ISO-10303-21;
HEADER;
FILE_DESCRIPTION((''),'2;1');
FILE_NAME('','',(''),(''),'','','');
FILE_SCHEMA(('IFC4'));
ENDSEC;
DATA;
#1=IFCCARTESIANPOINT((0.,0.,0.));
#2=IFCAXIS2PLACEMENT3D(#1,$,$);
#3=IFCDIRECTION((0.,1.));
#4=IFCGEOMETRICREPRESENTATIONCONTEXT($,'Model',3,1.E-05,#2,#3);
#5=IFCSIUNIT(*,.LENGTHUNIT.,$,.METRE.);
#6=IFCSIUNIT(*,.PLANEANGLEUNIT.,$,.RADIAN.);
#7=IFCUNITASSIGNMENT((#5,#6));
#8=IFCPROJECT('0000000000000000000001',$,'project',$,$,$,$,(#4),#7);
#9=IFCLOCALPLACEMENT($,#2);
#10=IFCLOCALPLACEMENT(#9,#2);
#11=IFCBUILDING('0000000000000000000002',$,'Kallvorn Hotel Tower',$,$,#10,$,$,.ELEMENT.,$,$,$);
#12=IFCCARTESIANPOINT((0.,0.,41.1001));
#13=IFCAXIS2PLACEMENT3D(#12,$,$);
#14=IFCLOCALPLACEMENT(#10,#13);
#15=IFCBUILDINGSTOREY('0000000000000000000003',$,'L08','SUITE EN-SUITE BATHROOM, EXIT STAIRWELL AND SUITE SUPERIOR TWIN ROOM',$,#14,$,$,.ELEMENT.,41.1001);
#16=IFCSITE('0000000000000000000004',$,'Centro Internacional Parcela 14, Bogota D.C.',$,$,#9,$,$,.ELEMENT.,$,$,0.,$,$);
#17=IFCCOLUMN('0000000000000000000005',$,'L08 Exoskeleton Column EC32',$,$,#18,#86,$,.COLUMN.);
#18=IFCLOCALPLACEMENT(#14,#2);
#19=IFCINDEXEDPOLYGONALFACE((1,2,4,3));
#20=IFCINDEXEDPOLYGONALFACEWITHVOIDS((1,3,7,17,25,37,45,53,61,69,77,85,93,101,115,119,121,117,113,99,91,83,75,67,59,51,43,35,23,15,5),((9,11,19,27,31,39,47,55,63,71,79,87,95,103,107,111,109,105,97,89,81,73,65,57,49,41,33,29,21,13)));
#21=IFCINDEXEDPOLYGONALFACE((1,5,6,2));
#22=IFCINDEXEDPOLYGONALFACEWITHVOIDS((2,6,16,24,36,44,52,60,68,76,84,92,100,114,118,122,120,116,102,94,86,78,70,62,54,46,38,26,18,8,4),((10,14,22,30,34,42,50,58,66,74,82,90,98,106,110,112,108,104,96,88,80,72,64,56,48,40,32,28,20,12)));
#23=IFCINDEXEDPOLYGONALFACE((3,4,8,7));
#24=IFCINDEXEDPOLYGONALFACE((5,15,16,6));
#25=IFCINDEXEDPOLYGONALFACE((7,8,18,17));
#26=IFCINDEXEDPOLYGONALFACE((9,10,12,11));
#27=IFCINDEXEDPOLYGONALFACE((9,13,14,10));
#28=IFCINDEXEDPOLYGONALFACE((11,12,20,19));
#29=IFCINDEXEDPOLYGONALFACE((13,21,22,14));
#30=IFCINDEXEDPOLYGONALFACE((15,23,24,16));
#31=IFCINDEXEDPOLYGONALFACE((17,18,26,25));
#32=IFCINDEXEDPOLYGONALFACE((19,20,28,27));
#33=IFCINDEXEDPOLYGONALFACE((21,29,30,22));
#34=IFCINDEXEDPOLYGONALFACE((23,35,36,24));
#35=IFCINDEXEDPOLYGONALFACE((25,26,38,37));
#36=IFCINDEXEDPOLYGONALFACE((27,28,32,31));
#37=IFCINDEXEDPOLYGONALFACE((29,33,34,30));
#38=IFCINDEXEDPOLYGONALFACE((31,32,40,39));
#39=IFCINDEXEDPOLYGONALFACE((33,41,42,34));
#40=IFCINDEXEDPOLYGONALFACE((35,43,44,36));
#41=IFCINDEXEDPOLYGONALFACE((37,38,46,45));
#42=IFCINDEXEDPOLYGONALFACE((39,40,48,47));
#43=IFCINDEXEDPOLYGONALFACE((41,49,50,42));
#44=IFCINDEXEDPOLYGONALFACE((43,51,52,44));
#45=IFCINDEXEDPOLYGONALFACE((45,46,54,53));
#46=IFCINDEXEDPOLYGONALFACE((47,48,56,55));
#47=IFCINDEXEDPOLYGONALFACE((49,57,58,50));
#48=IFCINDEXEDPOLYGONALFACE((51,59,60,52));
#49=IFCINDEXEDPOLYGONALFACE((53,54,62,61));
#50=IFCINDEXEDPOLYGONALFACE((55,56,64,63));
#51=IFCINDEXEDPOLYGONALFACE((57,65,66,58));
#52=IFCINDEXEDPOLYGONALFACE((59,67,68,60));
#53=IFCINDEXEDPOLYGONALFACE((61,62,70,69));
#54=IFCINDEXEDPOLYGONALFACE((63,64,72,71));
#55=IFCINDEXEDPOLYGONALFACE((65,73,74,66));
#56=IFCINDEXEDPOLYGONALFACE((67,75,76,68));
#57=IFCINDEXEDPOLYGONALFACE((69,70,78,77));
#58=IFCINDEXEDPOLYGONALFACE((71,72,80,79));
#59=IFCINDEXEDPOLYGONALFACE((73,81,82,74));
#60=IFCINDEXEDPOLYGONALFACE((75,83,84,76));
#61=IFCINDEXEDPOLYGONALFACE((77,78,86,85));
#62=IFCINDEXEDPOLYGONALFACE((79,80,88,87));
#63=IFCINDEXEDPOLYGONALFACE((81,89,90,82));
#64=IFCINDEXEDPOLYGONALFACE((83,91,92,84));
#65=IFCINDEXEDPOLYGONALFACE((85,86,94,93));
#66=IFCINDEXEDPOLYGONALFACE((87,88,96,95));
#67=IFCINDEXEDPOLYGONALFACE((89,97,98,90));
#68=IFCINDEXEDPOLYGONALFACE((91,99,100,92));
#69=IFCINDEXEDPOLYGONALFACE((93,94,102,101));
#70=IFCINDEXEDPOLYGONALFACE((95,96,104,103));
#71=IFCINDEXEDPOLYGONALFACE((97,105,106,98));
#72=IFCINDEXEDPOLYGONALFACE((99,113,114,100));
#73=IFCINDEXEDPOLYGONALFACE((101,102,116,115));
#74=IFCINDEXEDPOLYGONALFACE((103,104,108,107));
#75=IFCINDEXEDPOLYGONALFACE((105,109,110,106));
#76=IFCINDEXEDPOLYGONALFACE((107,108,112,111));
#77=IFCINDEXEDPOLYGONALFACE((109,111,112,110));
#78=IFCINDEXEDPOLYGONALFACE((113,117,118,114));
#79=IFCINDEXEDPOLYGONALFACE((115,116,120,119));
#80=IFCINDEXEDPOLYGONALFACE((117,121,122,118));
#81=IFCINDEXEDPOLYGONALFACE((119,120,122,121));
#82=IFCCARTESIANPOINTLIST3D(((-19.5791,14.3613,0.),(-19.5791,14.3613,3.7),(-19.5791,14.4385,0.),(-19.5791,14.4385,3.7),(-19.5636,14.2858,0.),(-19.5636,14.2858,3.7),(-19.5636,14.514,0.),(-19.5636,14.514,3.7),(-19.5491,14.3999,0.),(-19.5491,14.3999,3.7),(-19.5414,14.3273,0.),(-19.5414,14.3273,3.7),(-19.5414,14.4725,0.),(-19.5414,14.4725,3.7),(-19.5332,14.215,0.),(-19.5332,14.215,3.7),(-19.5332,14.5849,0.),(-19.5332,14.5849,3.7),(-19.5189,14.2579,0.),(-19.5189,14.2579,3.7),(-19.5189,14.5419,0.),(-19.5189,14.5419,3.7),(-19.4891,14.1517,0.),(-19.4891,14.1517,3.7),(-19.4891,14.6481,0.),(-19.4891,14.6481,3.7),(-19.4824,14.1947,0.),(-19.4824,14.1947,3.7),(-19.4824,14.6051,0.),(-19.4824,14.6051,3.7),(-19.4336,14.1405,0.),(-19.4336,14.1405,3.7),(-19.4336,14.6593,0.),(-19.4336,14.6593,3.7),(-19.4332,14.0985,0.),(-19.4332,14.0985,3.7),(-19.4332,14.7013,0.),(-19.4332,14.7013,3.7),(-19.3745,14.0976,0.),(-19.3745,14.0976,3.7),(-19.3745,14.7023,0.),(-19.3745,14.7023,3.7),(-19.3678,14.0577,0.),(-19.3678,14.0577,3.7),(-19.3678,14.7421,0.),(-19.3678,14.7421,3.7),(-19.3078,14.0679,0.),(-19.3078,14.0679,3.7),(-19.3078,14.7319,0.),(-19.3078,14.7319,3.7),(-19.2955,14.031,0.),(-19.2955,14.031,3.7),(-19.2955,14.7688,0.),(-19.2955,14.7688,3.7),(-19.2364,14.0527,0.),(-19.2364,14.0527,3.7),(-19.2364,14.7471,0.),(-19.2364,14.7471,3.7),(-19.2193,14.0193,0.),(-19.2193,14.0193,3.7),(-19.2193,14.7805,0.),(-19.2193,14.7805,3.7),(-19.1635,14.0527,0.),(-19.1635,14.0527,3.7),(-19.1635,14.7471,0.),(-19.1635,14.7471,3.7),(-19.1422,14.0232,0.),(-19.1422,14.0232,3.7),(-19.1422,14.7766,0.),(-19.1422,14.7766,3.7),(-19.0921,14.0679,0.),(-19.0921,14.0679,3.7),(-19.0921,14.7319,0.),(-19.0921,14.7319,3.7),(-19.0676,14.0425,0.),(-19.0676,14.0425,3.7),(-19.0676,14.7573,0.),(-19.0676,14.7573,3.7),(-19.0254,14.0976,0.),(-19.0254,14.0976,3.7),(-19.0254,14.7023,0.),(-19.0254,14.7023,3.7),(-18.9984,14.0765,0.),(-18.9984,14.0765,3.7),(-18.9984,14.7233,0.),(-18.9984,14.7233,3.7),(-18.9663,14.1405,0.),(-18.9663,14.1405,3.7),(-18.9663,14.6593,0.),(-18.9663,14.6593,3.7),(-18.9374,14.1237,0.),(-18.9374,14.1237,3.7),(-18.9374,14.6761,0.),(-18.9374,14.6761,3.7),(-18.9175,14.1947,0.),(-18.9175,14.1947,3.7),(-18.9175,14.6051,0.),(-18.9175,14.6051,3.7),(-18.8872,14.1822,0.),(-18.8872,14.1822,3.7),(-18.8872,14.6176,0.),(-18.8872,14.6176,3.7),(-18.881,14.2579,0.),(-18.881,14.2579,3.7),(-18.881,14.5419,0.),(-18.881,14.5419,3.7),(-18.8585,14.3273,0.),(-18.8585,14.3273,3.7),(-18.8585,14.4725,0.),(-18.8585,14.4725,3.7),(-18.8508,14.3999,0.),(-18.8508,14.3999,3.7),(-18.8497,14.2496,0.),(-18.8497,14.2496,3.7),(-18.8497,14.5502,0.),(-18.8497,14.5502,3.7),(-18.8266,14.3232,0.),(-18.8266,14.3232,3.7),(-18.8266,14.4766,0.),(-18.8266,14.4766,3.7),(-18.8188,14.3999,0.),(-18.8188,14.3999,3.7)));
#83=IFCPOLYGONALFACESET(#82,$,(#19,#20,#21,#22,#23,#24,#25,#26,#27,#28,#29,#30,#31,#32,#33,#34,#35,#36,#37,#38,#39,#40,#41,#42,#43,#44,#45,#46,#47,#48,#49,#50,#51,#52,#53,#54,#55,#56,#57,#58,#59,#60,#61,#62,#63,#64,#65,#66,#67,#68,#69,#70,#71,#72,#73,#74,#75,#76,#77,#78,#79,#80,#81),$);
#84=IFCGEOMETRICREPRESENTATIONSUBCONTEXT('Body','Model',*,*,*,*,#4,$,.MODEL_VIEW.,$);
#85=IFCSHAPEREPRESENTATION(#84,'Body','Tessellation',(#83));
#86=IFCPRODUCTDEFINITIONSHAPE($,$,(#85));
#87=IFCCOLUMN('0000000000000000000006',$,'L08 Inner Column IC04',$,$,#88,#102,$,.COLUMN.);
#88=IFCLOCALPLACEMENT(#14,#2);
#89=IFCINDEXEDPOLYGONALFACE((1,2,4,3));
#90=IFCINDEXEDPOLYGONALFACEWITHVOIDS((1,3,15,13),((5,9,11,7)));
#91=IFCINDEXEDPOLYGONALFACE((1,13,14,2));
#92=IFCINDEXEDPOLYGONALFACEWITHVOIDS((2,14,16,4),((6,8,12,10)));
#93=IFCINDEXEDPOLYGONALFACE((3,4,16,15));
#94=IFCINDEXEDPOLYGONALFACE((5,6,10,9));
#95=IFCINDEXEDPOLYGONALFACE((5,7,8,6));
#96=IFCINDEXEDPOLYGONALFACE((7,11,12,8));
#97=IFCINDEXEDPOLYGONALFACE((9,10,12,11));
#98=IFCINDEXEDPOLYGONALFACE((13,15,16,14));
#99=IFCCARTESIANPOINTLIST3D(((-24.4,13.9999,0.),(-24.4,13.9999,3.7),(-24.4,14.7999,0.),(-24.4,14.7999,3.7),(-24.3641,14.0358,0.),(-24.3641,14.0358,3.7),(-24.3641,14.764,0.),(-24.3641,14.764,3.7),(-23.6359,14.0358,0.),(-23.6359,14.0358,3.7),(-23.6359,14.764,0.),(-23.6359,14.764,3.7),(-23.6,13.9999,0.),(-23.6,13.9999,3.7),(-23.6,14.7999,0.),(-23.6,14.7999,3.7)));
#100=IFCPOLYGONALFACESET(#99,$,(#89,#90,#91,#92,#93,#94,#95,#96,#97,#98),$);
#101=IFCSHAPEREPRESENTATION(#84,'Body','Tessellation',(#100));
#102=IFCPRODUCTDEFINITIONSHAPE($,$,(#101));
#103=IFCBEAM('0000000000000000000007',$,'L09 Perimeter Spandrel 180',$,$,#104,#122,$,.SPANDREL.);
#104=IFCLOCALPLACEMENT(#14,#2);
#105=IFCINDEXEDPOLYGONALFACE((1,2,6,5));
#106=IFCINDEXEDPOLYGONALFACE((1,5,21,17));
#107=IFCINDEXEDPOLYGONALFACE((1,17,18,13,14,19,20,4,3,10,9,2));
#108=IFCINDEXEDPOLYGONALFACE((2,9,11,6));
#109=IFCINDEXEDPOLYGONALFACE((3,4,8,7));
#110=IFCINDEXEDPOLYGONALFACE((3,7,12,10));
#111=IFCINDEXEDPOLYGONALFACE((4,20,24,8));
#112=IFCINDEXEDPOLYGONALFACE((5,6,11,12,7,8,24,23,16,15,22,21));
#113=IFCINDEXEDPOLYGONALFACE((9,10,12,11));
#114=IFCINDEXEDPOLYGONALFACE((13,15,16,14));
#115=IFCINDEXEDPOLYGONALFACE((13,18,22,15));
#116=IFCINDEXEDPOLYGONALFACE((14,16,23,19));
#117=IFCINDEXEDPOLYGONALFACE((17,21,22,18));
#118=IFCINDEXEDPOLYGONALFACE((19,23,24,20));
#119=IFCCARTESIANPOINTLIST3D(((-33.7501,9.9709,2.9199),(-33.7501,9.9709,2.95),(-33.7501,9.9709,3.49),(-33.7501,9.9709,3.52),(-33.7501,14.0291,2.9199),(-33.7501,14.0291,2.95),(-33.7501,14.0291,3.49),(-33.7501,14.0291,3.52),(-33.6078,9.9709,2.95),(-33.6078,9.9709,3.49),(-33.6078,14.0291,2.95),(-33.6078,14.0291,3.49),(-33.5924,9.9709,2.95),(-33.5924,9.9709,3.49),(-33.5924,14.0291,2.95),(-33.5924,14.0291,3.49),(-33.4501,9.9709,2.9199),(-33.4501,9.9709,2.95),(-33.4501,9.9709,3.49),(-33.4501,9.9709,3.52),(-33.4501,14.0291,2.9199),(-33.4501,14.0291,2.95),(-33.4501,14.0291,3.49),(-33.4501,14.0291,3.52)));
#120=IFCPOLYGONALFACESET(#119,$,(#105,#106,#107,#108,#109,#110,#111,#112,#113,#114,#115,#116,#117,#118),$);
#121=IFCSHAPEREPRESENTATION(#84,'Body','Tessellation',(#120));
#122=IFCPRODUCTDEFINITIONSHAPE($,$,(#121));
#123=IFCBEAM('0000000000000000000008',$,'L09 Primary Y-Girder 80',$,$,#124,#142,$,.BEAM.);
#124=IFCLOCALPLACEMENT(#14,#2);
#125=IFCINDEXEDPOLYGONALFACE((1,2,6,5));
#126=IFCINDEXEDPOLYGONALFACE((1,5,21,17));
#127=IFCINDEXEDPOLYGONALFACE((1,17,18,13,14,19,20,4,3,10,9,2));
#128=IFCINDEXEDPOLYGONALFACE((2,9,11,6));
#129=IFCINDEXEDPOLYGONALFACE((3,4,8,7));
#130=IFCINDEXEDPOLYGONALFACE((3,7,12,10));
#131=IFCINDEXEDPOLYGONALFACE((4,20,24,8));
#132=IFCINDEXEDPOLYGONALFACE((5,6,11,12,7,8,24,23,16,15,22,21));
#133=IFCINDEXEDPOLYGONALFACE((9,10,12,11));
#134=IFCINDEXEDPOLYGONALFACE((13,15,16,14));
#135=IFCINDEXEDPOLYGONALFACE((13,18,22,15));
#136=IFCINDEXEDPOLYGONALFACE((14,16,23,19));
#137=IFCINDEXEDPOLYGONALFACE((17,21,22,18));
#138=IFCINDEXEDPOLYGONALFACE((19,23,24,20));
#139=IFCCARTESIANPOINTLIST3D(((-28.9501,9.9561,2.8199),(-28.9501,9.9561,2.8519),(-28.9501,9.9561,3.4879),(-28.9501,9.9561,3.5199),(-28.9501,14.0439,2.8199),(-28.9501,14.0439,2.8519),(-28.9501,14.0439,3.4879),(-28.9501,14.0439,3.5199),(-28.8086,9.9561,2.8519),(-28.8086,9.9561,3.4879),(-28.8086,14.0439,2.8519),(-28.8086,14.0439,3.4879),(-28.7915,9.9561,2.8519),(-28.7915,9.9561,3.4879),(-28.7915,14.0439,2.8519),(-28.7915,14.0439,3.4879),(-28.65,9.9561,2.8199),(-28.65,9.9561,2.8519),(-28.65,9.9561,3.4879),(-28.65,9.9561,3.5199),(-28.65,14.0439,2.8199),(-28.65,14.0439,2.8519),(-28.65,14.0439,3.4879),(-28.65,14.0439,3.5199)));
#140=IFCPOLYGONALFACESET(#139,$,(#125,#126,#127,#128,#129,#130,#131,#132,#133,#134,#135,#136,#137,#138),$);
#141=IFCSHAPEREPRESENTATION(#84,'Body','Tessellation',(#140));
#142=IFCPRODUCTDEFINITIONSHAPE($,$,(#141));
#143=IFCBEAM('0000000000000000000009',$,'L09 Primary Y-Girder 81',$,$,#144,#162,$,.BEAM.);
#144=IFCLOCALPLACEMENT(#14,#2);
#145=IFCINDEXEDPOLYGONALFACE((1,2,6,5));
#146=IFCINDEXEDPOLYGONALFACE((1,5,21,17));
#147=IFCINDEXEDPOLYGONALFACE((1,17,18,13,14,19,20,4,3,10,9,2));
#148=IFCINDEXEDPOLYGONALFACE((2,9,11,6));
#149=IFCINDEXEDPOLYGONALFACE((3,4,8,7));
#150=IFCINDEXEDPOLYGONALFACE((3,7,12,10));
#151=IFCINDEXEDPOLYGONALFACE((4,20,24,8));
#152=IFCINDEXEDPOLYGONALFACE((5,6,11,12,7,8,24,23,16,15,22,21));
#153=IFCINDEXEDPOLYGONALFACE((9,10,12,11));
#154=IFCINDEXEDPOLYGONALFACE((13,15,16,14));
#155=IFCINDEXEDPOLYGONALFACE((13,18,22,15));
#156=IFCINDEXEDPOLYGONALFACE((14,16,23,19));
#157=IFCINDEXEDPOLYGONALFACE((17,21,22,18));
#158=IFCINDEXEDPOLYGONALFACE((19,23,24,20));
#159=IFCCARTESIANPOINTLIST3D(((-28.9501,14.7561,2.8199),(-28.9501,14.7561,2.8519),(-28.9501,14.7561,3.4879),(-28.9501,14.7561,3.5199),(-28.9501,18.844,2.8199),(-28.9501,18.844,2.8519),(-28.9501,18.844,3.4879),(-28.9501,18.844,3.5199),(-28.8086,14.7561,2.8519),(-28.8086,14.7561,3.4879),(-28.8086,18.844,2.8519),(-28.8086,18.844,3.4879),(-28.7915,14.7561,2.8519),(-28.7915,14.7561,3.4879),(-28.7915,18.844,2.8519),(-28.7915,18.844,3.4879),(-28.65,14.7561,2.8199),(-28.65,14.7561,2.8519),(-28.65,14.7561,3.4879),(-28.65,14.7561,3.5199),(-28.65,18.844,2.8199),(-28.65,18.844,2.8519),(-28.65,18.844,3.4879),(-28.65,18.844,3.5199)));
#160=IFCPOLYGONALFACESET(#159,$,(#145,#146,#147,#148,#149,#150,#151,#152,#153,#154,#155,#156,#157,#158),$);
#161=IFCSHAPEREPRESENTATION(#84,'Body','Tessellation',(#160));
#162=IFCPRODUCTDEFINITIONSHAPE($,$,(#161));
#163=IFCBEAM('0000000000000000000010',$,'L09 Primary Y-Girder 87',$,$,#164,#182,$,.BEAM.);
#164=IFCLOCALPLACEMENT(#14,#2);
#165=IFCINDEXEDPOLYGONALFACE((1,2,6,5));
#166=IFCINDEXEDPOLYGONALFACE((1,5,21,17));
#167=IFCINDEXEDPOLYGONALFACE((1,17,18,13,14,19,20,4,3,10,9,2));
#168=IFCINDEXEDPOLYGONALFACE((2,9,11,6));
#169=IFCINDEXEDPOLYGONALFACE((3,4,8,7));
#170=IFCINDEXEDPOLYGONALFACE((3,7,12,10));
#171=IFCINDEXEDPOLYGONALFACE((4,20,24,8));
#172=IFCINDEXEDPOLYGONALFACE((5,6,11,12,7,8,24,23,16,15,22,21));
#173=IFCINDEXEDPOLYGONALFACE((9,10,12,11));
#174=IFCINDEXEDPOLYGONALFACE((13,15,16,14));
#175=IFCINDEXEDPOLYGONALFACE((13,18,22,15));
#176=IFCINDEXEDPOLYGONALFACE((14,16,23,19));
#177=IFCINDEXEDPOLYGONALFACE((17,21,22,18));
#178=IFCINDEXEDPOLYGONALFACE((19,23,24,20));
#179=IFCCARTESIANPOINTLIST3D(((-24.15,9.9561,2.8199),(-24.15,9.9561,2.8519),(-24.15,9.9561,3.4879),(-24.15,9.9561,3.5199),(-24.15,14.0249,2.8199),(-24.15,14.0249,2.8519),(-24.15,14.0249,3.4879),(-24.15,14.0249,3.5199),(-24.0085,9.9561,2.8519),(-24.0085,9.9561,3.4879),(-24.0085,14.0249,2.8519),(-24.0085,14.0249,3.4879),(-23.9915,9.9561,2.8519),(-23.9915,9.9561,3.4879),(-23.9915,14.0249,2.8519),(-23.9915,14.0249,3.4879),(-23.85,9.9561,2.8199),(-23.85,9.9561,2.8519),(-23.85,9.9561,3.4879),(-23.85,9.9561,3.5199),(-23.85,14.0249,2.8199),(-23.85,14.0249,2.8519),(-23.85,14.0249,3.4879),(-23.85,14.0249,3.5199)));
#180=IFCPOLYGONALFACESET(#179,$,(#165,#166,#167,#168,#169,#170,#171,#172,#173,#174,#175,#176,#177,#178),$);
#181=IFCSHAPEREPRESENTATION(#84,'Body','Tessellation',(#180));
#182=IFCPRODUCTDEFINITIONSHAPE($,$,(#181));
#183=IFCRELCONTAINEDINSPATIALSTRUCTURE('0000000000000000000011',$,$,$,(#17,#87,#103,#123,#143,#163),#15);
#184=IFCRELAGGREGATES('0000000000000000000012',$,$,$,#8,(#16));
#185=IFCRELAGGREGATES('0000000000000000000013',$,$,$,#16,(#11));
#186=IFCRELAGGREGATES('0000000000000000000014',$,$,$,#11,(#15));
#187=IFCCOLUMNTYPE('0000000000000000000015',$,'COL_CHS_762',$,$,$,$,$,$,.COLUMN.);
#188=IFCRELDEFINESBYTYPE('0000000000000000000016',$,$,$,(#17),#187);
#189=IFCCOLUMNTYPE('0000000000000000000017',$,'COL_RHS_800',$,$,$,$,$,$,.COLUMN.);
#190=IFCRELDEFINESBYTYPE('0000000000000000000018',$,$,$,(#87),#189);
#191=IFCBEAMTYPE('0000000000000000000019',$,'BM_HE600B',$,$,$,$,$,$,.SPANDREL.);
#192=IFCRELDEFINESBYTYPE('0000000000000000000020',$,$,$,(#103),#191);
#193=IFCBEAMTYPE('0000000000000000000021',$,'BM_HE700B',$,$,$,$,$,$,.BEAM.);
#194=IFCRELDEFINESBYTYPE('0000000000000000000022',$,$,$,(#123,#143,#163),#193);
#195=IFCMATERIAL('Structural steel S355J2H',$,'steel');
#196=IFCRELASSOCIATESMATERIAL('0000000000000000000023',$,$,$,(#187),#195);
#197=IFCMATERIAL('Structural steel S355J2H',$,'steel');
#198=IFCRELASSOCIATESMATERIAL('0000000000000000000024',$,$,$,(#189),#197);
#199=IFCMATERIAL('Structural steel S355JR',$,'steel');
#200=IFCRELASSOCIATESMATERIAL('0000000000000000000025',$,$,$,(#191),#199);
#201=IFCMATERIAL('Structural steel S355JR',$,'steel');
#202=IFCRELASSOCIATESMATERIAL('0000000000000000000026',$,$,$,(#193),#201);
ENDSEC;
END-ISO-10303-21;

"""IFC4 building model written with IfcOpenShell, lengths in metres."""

from ifc_helpers import new_model, si_unit, direction, frame, origin, origin_2d, place, context, subcontext, project, spatial, hollow_rectangle, hollow_circle, i_section, extrude, material, material_profile, profile_set, type_object, element, save


model = new_model("IFC4")

# Units and contexts
model_context = context("Model", 3, precision=1e-05, world=origin(), true_north=direction((0.0, 1.0)))
body_context = subcontext(model_context, "Body", "Model", "MODEL_VIEW")
ifc_project = project(units=[si_unit("LENGTHUNIT", "METRE"), si_unit("PLANEANGLEUNIT", "RADIAN")], contexts=[model_context])

# Site, building, storey
site_placement = place(None, origin())
site = spatial("IfcSite", under=ifc_project, at=site_placement, Name="Centro Internacional Parcela 14, Bogota D.C.", CompositionType="ELEMENT", RefElevation=0.0)
building_placement = place(site_placement, origin())
building = spatial("IfcBuilding", under=site, at=building_placement, Name="Kallvorn Hotel Tower", CompositionType="ELEMENT")
storey_placement = place(building_placement, frame((0.0, 0.0, 41.1001)))
storey = spatial("IfcBuildingStorey", under=building, at=storey_placement, Name="L08", Description="SUITE EN-SUITE BATHROOM, EXIT STAIRWELL AND SUITE SUPERIOR TWIN ROOM", CompositionType="ELEMENT", Elevation=41.1001)

# Columns
ifc_material_1 = material(Name="Structural steel S355J2H", Category="steel")
ifc_material_profile_1 = material_profile(ifc_material_1, hollow_circle(Radius=0.3811, WallThickness=0.032, at=origin_2d()), Name="CHS 762x32")
ifc_profile_set_1 = profile_set([ifc_material_profile_1], Name="Structural steel S355J2H")
column_type_1 = type_object("IfcColumnType", Name="COL_CHS_762", PredefinedType="COLUMN", material=ifc_profile_set_1)
for number, where, z_axis, x_axis, name in (
    (1, (-19.2, 14.3999, 0.0), (0.0, 0.0, 1.0), (1.0, 0.0, 0.0), "L08 Exoskeleton Column EC32"),
):
    element("IfcColumn", number, at=place(storey_placement, frame(where, z_axis=z_axis, x_axis=x_axis)), inside=storey, type_object=column_type_1, Name=name, PredefinedType="COLUMN", context=body_context, shape_type="SweptSolid", body=[
        extrude(hollow_circle(Radius=0.3811, WallThickness=0.032, at=origin_2d()), origin(), (0.0, 0.0, 1.0), 3.7),
    ])
ifc_material_2 = material(Name="Structural steel S355J2H", Category="steel")
ifc_material_profile_2 = material_profile(ifc_material_2, hollow_rectangle(XDim=0.8, YDim=0.8, WallThickness=0.0359, at=origin_2d()), Name="RHS 800x800x36")
ifc_profile_set_2 = profile_set([ifc_material_profile_2], Name="Structural steel S355J2H")
column_type_2 = type_object("IfcColumnType", Name="COL_RHS_800", PredefinedType="COLUMN", material=ifc_profile_set_2)
column_placement = place(storey_placement, frame((-24.0, 14.3999, 0.0), z_axis=(0.0, 0.0, 1.0), x_axis=(1.0, 0.0, 0.0)))
element("IfcColumn", 2, at=column_placement, inside=storey, type_object=column_type_2, Name="L08 Inner Column IC04", PredefinedType="COLUMN", context=body_context, shape_type="SweptSolid", body=[
    extrude(hollow_rectangle(XDim=0.8, YDim=0.8, WallThickness=0.0359, at=origin_2d()), origin(), (0.0, 0.0, 1.0), 3.7),
])

# Beams
ifc_material_3 = material(Name="Structural steel S355JR", Category="steel")
ifc_material_profile_3 = material_profile(ifc_material_3, i_section(OverallWidth=0.3, OverallDepth=0.6001, WebThickness=0.0154, FlangeThickness=0.03, at=origin_2d()), Name="HE 600 B")
ifc_profile_set_3 = profile_set([ifc_material_profile_3], Name="Structural steel S355JR")
beam_type_1 = type_object("IfcBeamType", Name="BM_HE600B", PredefinedType="SPANDREL", material=ifc_profile_set_3)
beam_1_placement = place(storey_placement, frame((-33.6001, 9.9709, 3.22), z_axis=(0.0, 1.0, 0.0), x_axis=(-1.0, 0.0, 0.0)))
element("IfcBeam", 3, at=beam_1_placement, inside=storey, type_object=beam_type_1, Name="L09 Perimeter Spandrel 180", PredefinedType="SPANDREL", context=body_context, shape_type="SweptSolid", body=[
    extrude(i_section(OverallWidth=0.3, OverallDepth=0.6001, WebThickness=0.0154, FlangeThickness=0.03, at=origin_2d()), origin(), (0.0, 0.0, 1.0), 4.0581),
])
ifc_material_4 = material(Name="Structural steel S355JR", Category="steel")
ifc_material_profile_4 = material_profile(ifc_material_4, i_section(OverallWidth=0.3, OverallDepth=0.7, WebThickness=0.0171, FlangeThickness=0.032, at=origin_2d()), Name="HE 700 B")
ifc_profile_set_4 = profile_set([ifc_material_profile_4], Name="Structural steel S355JR")
beam_type_2 = type_object("IfcBeamType", Name="BM_HE700B", PredefinedType="BEAM", material=ifc_profile_set_4)
for number, where, z_axis, x_axis, name in (
    (4, (-28.8, 9.9561, 3.1699), (0.0, 1.0, 0.0), (-1.0, 0.0, 0.0), "L09 Primary Y-Girder 80"),
    (5, (-28.8, 14.7561, 3.1699), (0.0, 1.0, 0.0), (-1.0, 0.0, 0.0), "L09 Primary Y-Girder 81"),
):
    element("IfcBeam", number, at=place(storey_placement, frame(where, z_axis=z_axis, x_axis=x_axis)), inside=storey, type_object=beam_type_2, Name=name, PredefinedType="BEAM", context=body_context, shape_type="SweptSolid", body=[
        extrude(i_section(OverallWidth=0.3, OverallDepth=0.7, WebThickness=0.0171, FlangeThickness=0.032, at=origin_2d()), origin(), (0.0, 0.0, 1.0), 4.0879),
    ])
beam_2_placement = place(storey_placement, frame((-24.0, 9.9561, 3.1699), z_axis=(0.0, 1.0, 0.0), x_axis=(-1.0, 0.0, 0.0)))
element("IfcBeam", 6, at=beam_2_placement, inside=storey, type_object=beam_type_2, Name="L09 Primary Y-Girder 87", PredefinedType="BEAM", context=body_context, shape_type="SweptSolid", body=[
    extrude(i_section(OverallWidth=0.3, OverallDepth=0.7, WebThickness=0.0171, FlangeThickness=0.032, at=origin_2d()), origin(), (0.0, 0.0, 1.0), 4.0688),
])

save(model, "model.ifc")
